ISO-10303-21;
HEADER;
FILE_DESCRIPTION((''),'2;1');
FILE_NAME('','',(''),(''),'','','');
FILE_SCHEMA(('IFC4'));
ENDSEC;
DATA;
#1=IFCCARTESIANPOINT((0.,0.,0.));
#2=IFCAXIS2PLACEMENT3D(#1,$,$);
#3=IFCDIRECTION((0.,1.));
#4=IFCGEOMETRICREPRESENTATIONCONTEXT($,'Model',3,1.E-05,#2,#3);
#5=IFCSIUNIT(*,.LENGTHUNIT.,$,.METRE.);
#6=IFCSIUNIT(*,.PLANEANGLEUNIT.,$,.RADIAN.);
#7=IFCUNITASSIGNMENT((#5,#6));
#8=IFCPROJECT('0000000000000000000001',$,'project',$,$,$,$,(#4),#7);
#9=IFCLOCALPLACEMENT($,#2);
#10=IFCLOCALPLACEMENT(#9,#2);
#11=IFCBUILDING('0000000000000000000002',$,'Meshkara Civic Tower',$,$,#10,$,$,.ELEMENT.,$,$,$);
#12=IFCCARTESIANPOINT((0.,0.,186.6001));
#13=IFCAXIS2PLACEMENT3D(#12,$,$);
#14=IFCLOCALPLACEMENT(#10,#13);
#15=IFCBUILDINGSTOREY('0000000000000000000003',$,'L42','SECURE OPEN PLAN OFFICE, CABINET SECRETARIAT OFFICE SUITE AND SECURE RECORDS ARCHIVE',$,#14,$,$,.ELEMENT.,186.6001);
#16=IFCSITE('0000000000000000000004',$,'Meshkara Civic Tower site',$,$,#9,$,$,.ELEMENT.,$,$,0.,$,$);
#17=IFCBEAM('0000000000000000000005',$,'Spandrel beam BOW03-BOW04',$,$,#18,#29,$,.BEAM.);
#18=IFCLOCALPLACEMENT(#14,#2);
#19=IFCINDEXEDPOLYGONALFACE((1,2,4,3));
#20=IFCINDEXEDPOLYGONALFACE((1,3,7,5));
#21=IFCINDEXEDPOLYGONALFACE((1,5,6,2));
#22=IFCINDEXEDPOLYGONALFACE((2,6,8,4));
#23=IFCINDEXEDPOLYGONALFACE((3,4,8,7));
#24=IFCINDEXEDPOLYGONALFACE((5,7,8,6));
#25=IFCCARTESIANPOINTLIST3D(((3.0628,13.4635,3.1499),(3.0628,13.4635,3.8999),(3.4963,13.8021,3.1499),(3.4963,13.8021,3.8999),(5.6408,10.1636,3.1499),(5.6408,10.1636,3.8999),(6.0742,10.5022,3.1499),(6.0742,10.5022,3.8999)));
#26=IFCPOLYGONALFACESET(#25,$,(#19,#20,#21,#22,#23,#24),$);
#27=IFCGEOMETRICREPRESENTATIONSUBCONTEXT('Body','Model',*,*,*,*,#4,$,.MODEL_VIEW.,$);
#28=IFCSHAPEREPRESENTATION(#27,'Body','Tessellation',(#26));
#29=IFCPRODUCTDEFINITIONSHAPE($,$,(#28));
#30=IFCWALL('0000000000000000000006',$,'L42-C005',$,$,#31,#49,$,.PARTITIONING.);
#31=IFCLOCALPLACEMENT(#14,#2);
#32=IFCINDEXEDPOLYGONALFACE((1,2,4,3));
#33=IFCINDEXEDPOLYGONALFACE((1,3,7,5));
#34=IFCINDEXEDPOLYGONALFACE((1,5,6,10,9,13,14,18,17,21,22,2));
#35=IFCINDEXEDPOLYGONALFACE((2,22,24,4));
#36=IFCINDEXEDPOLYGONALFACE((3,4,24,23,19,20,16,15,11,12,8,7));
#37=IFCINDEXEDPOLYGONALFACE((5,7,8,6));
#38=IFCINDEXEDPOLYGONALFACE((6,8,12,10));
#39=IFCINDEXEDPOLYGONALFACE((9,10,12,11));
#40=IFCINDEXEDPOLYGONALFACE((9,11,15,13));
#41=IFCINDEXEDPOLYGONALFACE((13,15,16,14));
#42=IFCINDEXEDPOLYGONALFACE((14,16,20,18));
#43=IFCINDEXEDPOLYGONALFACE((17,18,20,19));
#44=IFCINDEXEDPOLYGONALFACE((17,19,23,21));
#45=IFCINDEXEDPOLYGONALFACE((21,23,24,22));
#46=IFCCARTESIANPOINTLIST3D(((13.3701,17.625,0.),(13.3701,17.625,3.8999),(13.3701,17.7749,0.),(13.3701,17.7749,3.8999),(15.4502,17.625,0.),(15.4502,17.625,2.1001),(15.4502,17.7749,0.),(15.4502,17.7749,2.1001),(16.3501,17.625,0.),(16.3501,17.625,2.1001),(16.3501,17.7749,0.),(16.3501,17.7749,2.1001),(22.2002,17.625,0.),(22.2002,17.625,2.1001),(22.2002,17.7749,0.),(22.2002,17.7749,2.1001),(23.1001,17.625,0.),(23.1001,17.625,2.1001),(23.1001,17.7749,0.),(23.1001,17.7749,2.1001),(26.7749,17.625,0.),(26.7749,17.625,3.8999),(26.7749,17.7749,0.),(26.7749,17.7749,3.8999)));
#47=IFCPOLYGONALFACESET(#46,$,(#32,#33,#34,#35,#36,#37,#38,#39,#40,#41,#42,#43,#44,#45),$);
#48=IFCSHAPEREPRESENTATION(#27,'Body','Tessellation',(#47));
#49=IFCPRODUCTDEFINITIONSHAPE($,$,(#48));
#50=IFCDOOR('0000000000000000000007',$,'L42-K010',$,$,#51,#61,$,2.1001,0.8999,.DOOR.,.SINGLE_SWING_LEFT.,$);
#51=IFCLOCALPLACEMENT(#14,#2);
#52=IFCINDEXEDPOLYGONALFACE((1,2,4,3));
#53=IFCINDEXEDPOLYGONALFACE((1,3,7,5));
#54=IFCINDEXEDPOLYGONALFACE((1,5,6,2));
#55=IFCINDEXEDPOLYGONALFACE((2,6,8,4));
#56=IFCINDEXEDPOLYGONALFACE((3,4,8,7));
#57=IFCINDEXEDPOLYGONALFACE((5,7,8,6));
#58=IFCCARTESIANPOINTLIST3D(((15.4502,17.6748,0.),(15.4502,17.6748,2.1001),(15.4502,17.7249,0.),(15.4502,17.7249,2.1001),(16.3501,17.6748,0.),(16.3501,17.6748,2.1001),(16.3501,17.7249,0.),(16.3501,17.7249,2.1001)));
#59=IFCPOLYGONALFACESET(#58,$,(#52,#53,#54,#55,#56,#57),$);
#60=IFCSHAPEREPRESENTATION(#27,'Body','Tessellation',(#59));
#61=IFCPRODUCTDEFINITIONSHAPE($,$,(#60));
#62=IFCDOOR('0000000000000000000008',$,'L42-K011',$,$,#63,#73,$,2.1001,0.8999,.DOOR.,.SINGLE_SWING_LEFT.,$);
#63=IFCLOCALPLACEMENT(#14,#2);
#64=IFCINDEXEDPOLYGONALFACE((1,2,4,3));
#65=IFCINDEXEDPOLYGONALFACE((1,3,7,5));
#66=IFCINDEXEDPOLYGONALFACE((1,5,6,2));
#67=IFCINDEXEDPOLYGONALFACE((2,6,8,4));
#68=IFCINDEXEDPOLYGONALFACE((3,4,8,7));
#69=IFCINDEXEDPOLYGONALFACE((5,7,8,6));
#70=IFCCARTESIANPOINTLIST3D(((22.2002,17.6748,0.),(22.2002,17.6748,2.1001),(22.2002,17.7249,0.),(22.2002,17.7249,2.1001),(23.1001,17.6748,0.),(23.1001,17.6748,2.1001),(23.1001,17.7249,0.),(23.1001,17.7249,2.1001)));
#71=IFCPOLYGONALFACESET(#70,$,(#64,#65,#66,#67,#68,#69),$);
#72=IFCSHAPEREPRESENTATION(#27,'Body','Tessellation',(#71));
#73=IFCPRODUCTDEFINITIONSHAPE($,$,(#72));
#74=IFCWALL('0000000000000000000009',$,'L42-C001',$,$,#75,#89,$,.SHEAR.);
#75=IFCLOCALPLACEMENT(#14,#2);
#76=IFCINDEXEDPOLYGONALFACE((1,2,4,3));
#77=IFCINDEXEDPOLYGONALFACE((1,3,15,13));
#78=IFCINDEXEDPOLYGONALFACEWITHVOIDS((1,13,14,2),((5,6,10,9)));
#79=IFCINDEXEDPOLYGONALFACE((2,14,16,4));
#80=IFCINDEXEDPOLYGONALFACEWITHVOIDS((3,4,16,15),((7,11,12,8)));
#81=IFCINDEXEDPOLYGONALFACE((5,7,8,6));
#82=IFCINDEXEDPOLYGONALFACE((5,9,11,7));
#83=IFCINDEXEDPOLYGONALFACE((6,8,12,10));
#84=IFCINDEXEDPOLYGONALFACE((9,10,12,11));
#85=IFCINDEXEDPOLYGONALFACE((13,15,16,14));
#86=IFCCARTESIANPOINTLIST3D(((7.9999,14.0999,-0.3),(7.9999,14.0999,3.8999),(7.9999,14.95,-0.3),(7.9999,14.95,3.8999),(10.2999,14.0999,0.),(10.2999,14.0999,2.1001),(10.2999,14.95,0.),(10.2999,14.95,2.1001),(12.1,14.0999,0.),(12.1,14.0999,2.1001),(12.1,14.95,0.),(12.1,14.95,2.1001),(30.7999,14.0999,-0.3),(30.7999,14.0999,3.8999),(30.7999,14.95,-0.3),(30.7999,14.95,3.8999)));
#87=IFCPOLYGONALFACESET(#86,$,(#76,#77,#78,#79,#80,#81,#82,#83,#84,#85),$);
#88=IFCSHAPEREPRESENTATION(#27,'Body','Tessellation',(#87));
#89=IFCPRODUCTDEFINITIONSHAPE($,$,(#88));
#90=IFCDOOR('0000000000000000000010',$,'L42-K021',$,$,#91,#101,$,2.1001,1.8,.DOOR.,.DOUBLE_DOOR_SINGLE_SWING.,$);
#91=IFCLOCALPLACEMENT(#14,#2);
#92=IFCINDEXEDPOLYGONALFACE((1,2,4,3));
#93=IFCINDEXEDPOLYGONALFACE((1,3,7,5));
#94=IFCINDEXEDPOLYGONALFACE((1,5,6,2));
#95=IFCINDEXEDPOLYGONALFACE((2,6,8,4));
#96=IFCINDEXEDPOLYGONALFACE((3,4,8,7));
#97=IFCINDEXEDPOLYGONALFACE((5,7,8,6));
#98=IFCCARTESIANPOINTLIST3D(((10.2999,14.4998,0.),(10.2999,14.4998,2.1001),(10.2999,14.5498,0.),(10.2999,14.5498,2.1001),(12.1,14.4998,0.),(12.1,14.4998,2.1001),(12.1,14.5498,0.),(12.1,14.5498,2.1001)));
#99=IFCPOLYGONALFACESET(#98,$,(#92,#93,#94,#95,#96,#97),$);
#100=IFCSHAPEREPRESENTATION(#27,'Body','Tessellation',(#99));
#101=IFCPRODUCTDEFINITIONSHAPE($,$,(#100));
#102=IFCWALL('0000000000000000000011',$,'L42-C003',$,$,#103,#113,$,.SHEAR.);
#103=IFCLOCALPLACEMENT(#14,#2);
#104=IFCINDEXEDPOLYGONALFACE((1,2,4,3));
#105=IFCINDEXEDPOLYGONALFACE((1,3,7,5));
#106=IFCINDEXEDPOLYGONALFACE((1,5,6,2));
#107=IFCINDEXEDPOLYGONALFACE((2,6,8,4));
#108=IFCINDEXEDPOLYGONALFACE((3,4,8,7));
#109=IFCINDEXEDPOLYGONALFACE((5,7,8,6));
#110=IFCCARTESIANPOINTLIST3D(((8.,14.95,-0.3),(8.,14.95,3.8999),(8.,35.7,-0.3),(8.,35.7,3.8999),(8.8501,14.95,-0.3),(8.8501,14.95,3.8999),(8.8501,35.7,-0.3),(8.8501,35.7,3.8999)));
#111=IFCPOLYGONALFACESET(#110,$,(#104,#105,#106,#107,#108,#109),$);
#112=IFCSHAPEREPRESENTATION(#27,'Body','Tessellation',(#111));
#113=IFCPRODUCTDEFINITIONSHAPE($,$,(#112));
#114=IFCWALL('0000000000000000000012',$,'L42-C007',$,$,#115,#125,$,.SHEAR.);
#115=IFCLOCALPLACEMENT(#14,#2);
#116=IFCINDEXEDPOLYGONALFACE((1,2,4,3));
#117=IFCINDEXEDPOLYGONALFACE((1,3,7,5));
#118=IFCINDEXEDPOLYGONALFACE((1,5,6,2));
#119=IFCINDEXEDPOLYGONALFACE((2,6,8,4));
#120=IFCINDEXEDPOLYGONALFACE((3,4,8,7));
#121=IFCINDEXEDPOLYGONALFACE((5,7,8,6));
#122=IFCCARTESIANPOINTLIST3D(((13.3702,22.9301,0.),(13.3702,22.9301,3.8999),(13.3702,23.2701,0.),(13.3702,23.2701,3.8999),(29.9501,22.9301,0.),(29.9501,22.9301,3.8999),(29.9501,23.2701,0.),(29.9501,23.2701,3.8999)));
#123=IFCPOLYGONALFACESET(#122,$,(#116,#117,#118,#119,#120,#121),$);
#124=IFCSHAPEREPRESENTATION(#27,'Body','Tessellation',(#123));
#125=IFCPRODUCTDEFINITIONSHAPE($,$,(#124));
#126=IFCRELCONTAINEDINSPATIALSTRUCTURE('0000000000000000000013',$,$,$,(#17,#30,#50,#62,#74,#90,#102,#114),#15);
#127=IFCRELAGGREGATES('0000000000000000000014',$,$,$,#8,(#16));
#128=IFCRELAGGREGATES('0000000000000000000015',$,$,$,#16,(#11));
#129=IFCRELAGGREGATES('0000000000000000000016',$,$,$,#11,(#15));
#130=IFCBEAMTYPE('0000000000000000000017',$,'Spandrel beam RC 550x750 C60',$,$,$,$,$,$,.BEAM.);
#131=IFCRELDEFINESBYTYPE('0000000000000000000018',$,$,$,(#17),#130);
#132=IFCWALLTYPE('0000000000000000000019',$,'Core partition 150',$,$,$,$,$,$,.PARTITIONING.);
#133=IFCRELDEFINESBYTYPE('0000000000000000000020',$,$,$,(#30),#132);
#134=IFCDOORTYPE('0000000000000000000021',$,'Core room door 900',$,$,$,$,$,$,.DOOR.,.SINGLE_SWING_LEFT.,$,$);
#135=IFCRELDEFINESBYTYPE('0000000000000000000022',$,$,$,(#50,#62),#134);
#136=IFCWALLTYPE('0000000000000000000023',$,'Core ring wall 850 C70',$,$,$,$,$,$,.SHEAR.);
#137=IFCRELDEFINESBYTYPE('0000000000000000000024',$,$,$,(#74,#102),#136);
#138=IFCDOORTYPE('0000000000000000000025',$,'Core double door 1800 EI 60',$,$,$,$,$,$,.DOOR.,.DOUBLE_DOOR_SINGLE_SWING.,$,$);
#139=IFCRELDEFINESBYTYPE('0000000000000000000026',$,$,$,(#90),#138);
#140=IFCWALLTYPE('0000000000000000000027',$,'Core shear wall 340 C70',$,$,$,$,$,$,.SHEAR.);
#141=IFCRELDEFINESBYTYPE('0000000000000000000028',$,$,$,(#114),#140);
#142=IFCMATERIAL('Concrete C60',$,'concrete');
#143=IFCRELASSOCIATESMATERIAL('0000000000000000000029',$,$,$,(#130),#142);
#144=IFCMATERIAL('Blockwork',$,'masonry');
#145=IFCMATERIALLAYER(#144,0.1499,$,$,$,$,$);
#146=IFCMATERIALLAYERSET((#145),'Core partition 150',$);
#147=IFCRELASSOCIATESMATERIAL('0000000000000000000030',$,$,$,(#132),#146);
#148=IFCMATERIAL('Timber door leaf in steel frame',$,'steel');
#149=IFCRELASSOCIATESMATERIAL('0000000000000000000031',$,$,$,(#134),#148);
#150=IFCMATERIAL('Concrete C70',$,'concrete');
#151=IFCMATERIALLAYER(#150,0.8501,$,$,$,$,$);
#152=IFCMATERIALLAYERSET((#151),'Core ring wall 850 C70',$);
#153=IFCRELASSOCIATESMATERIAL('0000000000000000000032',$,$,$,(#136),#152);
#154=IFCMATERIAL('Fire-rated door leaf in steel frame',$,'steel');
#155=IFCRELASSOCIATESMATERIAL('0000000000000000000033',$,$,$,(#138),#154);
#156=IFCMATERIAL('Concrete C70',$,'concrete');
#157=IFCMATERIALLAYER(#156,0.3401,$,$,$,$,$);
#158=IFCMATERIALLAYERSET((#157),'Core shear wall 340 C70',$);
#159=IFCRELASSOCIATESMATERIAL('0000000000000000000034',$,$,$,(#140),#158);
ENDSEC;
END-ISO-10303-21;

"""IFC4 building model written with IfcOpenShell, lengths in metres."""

from ifc_helpers import new_model, si_unit, direction, frame, frame_2d, origin, origin_2d, place, context, subcontext, project, spatial, rectangle, extrude, material, layer, layer_set, material_profile, profile_set, type_object, element, fill, save


model = new_model("IFC4")

# Units and contexts
model_context = context("Model", 3, precision=1e-05, world=origin(), true_north=direction((0.0, 1.0)))
body_context = subcontext(model_context, "Body", "Model", "MODEL_VIEW")
ifc_project = project(units=[si_unit("LENGTHUNIT", "METRE"), si_unit("PLANEANGLEUNIT", "RADIAN")], contexts=[model_context])

# Site, building, storey
site_placement = place(None, origin())
site = spatial("IfcSite", under=ifc_project, at=site_placement, Name="Meshkara Civic Tower site", CompositionType="ELEMENT", RefElevation=0.0)
building_placement = place(site_placement, origin())
building = spatial("IfcBuilding", under=site, at=building_placement, Name="Meshkara Civic Tower", CompositionType="ELEMENT")
storey_placement = place(building_placement, frame((0.0, 0.0, 186.6001)))
storey = spatial("IfcBuildingStorey", under=building, at=storey_placement, Name="L42", Description="SECURE OPEN PLAN OFFICE, CABINET SECRETARIAT OFFICE SUITE AND SECURE RECORDS ARCHIVE", CompositionType="ELEMENT", Elevation=186.6001)

# Beam
ifc_material_1 = material(Name="Concrete C60", Category="concrete")
ifc_material_profile = material_profile(ifc_material_1, rectangle(XDim=0.55, YDim=0.75, at=origin_2d()))
ifc_profile_set = profile_set([ifc_material_profile], Name="Concrete C60")
beam_type = type_object("IfcBeamType", Name="Spandrel beam RC 550x750 C60", PredefinedType="BEAM", material=ifc_profile_set)
beam_placement = place(storey_placement, frame((3.2795, 13.6328, 3.5249), z_axis=(0.61563, -0.788035, 0.0), x_axis=(0.788035, 0.61563, 0.0)))
element("IfcBeam", 1, at=beam_placement, inside=storey, type_object=beam_type, Name="Spandrel beam BOW03-BOW04", PredefinedType="BEAM", context=body_context, shape_type="SweptSolid", body=[
    extrude(rectangle(XDim=0.55, YDim=0.75, at=origin_2d()), origin(), (0.0, 0.0, 1.0), 4.1875),
])

# Wall, openings, doors
ifc_material_2 = material(Name="Blockwork", Category="masonry")
ifc_layer_1 = layer(ifc_material_2, 0.1499)
ifc_layer_set_1 = layer_set([ifc_layer_1], Name="Core partition 150")
wall_type_1 = type_object("IfcWallType", Name="Core partition 150", PredefinedType="PARTITIONING", material=ifc_layer_set_1)
wall_1_placement = place(storey_placement, frame((13.3701, 17.7, 0.0), z_axis=(0.0, 0.0, 1.0), x_axis=(1.0, 0.0, 0.0)))
wall_1 = element("IfcWall", 2, at=wall_1_placement, inside=storey, type_object=wall_type_1, Name="L42-C005", PredefinedType="PARTITIONING", context=body_context, shape_type="SweptSolid", body=[
    extrude(rectangle(XDim=13.4048, YDim=0.1499, at=frame_2d((6.7024, 0.0))), origin(), (0.0, 0.0, 1.0), 3.8999),
])
opening_1_placement = place(wall_1_placement, frame((2.0801, 0.0, 0.0)))
opening_1 = element("IfcOpeningElement", 3, at=opening_1_placement, cuts=wall_1, PredefinedType="OPENING", context=body_context, shape_type="SweptSolid", body=[
    extrude(rectangle(XDim=0.8999, YDim=2.1001, at=frame_2d((0.45, 1.05))), frame((0.0, 0.085, 0.0), z_axis=(0.0, -1.0, 0.0), x_axis=(1.0, 0.0, 0.0)), (0.0, 0.0, 1.0), 0.1699),
])
opening_2_placement = place(wall_1_placement, frame((8.8301, 0.0, 0.0)))
opening_2 = element("IfcOpeningElement", 4, at=opening_2_placement, cuts=wall_1, PredefinedType="OPENING", context=body_context, shape_type="SweptSolid", body=[
    extrude(rectangle(XDim=0.8999, YDim=2.1001, at=frame_2d((0.45, 1.05))), frame((0.0, 0.085, 0.0), z_axis=(0.0, -1.0, 0.0), x_axis=(1.0, 0.0, 0.0)), (0.0, 0.0, 1.0), 0.1699),
])
ifc_material_3 = material(Name="Timber door leaf in steel frame", Category="steel")
door_type_1 = type_object("IfcDoorType", Name="Core room door 900", OperationType="SINGLE_SWING_LEFT", PredefinedType="DOOR", material=ifc_material_3)
door_1_placement = place(opening_1_placement, origin())
door_1 = element("IfcDoor", 5, at=door_1_placement, inside=storey, type_object=door_type_1, Name="L42-K010", OperationType="SINGLE_SWING_LEFT", OverallHeight=2.1001, OverallWidth=0.8999, PredefinedType="DOOR", context=body_context, shape_type="SweptSolid", body=[
    extrude(rectangle(XDim=0.8999, YDim=2.1001, at=frame_2d((0.45, 1.05))), frame((0.0, 0.0249, 0.0), z_axis=(0.0, -1.0, 0.0), x_axis=(1.0, 0.0, 0.0)), (0.0, 0.0, 1.0), 0.05),
])
fill(opening_1, door_1)
door_2_placement = place(opening_2_placement, origin())
door_2 = element("IfcDoor", 6, at=door_2_placement, inside=storey, type_object=door_type_1, Name="L42-K011", OperationType="SINGLE_SWING_LEFT", OverallHeight=2.1001, OverallWidth=0.8999, PredefinedType="DOOR", context=body_context, shape_type="SweptSolid", body=[
    extrude(rectangle(XDim=0.8999, YDim=2.1001, at=frame_2d((0.45, 1.05))), frame((0.0, 0.0249, 0.0), z_axis=(0.0, -1.0, 0.0), x_axis=(1.0, 0.0, 0.0)), (0.0, 0.0, 1.0), 0.05),
])
fill(opening_2, door_2)

# Wall, opening, door
ifc_material_4 = material(Name="Concrete C70", Category="concrete")
ifc_layer_2 = layer(ifc_material_4, 0.8501)
ifc_layer_set_2 = layer_set([ifc_layer_2], Name="Core ring wall 850 C70")
wall_type_2 = type_object("IfcWallType", Name="Core ring wall 850 C70", PredefinedType="SHEAR", material=ifc_layer_set_2)
wall_2_placement = place(storey_placement, frame((8.0, 14.5249, -0.3), z_axis=(0.0, 0.0, 1.0), x_axis=(1.0, 0.0, 0.0)))
wall_2 = element("IfcWall", 7, at=wall_2_placement, inside=storey, type_object=wall_type_2, Name="L42-C001", PredefinedType="SHEAR", context=body_context, shape_type="SweptSolid", body=[
    extrude(rectangle(XDim=22.8, YDim=0.8501, at=frame_2d((11.3999, 0.0))), origin(), (0.0, 0.0, 1.0), 4.2),
])
opening_3_placement = place(wall_2_placement, frame((2.3, 0.0, 0.3)))
opening_3 = element("IfcOpeningElement", 8, at=opening_3_placement, cuts=wall_2, PredefinedType="OPENING", context=body_context, shape_type="SweptSolid", body=[
    extrude(rectangle(XDim=1.8, YDim=2.1001, at=frame_2d((0.8999, 1.05))), frame((0.0, 0.4351, 0.0), z_axis=(0.0, -1.0, 0.0), x_axis=(1.0, 0.0, 0.0)), (0.0, 0.0, 1.0), 0.8701),
])
ifc_material_5 = material(Name="Fire-rated door leaf in steel frame", Category="steel")
door_type_2 = type_object("IfcDoorType", Name="Core double door 1800 EI 60", OperationType="DOUBLE_DOOR_SINGLE_SWING", PredefinedType="DOOR", material=ifc_material_5)
door_3_placement = place(opening_3_placement, origin())
door_3 = element("IfcDoor", 9, at=door_3_placement, inside=storey, type_object=door_type_2, Name="L42-K021", OperationType="DOUBLE_DOOR_SINGLE_SWING", OverallHeight=2.1001, OverallWidth=1.8, PredefinedType="DOOR", context=body_context, shape_type="SweptSolid", body=[
    extrude(rectangle(XDim=1.8, YDim=2.1001, at=frame_2d((0.8999, 1.05))), frame((0.0, 0.0249, 0.0), z_axis=(0.0, -1.0, 0.0), x_axis=(1.0, 0.0, 0.0)), (0.0, 0.0, 1.0), 0.05),
])
fill(opening_3, door_3)

# Walls
wall_3_placement = place(storey_placement, frame((8.425, 14.95, -0.3), z_axis=(0.0, 0.0, 1.0), x_axis=(0.0, 1.0, 0.0)))
element("IfcWall", 10, at=wall_3_placement, inside=storey, type_object=wall_type_2, Name="L42-C003", PredefinedType="SHEAR", context=body_context, shape_type="SweptSolid", body=[
    extrude(rectangle(XDim=20.75, YDim=0.8501, at=frame_2d((10.375, 0.0))), origin(), (0.0, 0.0, 1.0), 4.2),
])
ifc_material_6 = material(Name="Concrete C70", Category="concrete")
ifc_layer_3 = layer(ifc_material_6, 0.3401)
ifc_layer_set_3 = layer_set([ifc_layer_3], Name="Core shear wall 340 C70")
wall_type_3 = type_object("IfcWallType", Name="Core shear wall 340 C70", PredefinedType="SHEAR", material=ifc_layer_set_3)
wall_4_placement = place(storey_placement, frame((13.3701, 23.1001, 0.0), z_axis=(0.0, 0.0, 1.0), x_axis=(1.0, 0.0, 0.0)))
element("IfcWall", 11, at=wall_4_placement, inside=storey, type_object=wall_type_3, Name="L42-C007", PredefinedType="SHEAR", context=body_context, shape_type="SweptSolid", body=[
    extrude(rectangle(XDim=16.5798, YDim=0.3401, at=frame_2d((8.29, 0.0))), origin(), (0.0, 0.0, 1.0), 3.8999),
])

save(model, "model.ifc")
